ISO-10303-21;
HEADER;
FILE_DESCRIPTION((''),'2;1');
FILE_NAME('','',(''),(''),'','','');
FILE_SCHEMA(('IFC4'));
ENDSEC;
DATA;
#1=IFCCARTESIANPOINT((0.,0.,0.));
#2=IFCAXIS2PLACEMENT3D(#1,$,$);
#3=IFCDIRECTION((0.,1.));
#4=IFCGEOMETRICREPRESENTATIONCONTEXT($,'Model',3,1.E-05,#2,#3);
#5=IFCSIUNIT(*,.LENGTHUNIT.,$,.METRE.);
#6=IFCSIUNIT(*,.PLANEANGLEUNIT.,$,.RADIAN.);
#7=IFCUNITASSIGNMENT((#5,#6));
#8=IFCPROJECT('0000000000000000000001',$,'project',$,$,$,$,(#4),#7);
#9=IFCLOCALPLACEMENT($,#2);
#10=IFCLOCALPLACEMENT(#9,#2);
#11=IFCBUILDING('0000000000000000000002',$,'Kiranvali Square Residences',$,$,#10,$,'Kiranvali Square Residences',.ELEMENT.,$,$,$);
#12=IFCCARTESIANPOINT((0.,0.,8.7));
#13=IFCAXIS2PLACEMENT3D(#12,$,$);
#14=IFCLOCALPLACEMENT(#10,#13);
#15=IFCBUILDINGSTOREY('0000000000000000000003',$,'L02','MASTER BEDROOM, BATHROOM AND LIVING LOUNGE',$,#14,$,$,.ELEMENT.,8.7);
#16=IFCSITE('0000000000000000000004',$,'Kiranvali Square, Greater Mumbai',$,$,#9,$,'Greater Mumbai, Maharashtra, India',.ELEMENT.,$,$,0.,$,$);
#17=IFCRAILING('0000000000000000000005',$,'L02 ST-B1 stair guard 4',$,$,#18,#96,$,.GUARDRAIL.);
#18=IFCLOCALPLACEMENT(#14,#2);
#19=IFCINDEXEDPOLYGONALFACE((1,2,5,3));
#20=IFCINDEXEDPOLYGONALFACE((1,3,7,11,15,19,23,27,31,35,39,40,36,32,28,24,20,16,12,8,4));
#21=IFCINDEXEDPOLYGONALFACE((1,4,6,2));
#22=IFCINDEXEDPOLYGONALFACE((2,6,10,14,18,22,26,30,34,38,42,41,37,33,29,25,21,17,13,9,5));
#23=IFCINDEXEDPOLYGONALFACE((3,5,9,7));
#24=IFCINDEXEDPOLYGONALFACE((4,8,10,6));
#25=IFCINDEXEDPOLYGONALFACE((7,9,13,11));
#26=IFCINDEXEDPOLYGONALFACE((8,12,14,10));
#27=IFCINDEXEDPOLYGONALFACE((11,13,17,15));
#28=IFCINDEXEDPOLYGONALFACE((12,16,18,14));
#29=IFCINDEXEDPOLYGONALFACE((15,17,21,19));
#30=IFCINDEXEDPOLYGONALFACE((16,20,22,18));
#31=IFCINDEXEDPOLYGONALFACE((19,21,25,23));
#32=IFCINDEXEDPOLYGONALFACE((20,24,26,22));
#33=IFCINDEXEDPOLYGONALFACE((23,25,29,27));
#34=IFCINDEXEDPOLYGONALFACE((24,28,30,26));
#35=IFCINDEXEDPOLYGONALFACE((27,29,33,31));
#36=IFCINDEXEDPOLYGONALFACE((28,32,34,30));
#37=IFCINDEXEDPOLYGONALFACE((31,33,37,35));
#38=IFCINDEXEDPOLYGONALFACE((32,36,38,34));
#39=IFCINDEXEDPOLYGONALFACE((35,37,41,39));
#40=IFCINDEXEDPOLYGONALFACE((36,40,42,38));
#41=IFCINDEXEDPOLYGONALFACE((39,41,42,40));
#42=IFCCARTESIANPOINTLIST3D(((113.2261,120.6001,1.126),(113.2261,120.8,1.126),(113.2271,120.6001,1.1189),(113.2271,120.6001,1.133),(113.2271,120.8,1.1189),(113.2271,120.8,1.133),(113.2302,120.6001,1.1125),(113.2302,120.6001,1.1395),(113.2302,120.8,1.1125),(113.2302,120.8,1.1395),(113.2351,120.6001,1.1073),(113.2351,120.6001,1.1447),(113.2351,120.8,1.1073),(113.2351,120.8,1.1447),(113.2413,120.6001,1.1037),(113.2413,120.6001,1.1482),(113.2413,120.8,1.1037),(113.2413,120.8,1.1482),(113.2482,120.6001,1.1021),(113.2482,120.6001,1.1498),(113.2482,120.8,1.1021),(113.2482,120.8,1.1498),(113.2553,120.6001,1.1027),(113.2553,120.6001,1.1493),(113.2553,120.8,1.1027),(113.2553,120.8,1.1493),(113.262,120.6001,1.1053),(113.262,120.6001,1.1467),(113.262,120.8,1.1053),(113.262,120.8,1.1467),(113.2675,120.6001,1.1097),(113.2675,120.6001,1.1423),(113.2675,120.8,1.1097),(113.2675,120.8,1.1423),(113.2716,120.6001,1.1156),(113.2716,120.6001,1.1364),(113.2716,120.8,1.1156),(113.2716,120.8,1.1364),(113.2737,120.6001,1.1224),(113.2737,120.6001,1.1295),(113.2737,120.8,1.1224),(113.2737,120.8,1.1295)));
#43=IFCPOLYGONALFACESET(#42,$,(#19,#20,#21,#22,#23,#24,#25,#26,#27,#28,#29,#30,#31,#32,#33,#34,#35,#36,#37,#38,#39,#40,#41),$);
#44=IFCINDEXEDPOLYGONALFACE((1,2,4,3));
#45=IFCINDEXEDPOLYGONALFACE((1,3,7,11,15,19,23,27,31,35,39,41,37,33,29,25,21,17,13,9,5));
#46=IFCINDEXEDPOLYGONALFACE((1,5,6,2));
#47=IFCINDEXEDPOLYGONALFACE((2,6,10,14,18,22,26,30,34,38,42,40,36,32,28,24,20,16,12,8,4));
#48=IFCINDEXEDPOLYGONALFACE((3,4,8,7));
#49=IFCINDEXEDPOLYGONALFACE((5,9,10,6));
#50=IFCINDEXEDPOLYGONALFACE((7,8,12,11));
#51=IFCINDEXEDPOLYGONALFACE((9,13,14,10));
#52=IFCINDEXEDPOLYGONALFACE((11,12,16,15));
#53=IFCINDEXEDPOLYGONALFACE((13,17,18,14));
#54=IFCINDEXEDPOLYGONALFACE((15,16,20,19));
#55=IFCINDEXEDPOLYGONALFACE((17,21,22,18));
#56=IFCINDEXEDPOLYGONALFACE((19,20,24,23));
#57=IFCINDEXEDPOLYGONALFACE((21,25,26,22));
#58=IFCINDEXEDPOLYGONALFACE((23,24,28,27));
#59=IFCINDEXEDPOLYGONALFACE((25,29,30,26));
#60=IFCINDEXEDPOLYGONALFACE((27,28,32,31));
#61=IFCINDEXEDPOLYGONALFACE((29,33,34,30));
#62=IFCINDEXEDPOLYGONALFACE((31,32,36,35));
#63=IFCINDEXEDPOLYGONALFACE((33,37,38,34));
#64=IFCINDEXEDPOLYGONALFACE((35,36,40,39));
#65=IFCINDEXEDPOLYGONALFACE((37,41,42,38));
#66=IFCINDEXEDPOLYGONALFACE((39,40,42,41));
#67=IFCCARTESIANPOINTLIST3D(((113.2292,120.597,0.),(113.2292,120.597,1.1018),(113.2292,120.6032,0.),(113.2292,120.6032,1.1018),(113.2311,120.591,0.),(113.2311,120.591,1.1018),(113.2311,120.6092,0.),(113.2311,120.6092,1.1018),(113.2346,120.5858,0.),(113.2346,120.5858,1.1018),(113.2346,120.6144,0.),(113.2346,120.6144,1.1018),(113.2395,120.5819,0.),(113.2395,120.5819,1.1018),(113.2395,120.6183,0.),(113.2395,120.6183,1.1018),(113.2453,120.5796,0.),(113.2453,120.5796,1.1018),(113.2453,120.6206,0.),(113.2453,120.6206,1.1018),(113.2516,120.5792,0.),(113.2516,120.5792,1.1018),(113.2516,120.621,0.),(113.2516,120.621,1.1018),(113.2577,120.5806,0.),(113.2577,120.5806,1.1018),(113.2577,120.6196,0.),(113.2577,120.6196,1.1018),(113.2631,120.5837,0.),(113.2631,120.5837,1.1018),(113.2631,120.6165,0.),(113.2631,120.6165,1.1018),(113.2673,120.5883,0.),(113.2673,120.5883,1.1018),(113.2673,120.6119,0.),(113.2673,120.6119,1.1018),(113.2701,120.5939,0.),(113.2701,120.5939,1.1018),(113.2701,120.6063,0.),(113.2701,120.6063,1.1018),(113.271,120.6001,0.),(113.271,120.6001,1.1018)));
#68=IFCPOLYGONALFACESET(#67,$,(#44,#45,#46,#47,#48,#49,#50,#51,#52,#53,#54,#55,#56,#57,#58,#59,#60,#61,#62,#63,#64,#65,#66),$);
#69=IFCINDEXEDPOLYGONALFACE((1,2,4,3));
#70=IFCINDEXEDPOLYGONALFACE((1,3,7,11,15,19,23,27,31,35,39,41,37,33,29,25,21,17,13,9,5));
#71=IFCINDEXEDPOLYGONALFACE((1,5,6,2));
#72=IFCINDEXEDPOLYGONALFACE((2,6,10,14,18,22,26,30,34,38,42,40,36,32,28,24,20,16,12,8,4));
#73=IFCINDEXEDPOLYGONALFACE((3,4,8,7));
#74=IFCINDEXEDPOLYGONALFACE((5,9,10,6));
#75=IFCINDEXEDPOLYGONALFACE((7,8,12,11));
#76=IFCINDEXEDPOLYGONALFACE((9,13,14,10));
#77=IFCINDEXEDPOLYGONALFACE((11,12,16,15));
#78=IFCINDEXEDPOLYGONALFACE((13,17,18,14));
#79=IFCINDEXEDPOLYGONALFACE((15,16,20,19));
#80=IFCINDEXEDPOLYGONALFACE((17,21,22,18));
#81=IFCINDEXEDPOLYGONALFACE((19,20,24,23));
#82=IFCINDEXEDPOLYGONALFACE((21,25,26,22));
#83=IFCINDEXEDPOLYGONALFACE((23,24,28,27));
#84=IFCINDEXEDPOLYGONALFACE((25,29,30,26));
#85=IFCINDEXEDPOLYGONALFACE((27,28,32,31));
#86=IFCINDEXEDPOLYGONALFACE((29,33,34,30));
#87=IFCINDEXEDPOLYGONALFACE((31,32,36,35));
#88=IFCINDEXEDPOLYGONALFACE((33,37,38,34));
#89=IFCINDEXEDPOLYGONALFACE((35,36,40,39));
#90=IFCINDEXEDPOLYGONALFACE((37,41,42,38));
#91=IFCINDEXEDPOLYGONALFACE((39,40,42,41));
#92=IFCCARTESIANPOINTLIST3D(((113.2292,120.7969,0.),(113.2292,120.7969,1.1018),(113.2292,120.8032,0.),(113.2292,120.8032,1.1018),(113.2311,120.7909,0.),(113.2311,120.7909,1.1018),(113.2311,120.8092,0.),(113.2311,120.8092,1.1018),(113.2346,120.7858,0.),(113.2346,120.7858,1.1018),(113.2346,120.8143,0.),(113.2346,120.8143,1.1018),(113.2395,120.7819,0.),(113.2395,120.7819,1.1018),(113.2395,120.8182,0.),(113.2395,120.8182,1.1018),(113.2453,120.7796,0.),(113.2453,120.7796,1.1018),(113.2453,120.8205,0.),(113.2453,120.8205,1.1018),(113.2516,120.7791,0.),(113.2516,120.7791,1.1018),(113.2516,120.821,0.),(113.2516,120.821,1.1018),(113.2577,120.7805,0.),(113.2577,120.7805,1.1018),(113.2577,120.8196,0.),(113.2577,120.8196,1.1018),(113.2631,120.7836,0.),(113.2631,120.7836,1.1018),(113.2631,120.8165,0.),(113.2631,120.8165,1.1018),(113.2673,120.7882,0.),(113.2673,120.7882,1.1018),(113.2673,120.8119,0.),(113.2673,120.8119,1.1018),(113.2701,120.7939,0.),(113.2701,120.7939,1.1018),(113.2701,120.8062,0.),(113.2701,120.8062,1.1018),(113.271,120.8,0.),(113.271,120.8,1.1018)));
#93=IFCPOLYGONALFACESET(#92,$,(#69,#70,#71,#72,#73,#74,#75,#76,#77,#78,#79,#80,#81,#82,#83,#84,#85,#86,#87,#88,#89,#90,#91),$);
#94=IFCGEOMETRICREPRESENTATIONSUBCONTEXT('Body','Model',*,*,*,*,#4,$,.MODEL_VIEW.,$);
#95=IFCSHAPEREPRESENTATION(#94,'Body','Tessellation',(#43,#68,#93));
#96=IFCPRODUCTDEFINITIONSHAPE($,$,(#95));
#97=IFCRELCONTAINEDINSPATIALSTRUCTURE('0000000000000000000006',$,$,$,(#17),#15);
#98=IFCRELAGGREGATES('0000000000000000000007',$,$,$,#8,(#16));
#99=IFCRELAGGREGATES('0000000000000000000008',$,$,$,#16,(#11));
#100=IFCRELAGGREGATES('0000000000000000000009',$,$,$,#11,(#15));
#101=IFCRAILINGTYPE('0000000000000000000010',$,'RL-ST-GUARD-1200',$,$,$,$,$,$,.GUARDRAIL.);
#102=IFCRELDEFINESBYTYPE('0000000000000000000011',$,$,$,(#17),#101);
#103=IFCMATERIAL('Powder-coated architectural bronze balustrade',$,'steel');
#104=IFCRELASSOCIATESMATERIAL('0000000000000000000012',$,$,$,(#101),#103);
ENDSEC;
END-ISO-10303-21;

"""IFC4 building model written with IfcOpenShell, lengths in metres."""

from ifc_helpers import new_model, si_unit, direction, frame, origin, origin_2d, place, context, subcontext, project, spatial, circle, extrude, material, type_object, element, save


model = new_model("IFC4")

# Units and contexts
model_context = context("Model", 3, precision=1e-05, world=origin(), true_north=direction((0.0, 1.0)))
body_context = subcontext(model_context, "Body", "Model", "MODEL_VIEW")
ifc_project = project(units=[si_unit("LENGTHUNIT", "METRE"), si_unit("PLANEANGLEUNIT", "RADIAN")], contexts=[model_context])

# Site, building, storey
site_placement = place(None, origin())
site = spatial("IfcSite", under=ifc_project, at=site_placement, Name="Kiranvali Square, Greater Mumbai", LongName="Greater Mumbai, Maharashtra, India", CompositionType="ELEMENT", RefElevation=0.0)
building_placement = place(site_placement, origin())
building = spatial("IfcBuilding", under=site, at=building_placement, Name="Kiranvali Square Residences", LongName="Kiranvali Square Residences", CompositionType="ELEMENT")
storey_placement = place(building_placement, frame((0.0, 0.0, 8.7)))
storey = spatial("IfcBuildingStorey", under=building, at=storey_placement, Name="L02", Description="MASTER BEDROOM, BATHROOM AND LIVING LOUNGE", CompositionType="ELEMENT", Elevation=8.7)

# Railing
ifc_material_1 = material(Name="Powder-coated architectural bronze balustrade", Category="steel")
railing_type_1 = type_object("IfcRailingType", Name="RL-ST-GUARD-1200", PredefinedType="GUARDRAIL", material=ifc_material_1)
railing_1_placement = place(storey_placement, frame((113.25, 120.6001, 0.0)))
element("IfcRailing", 1, at=railing_1_placement, inside=storey, type_object=railing_type_1, Name="L02 ST-B1 stair guard 4", PredefinedType="GUARDRAIL", context=body_context, shape_type="SweptSolid", body=[
    extrude(circle(Radius=0.0239, at=origin_2d()), frame((0.0, 0.0, 1.126), z_axis=(0.0, 1.0, 0.0), x_axis=(-1.0, 0.0, 0.0)), (0.0, 0.0, 1.0), 0.2),
    extrude(circle(Radius=0.021, at=origin_2d()), origin(), (0.0, 0.0, 1.0), 1.1018),
    extrude(circle(Radius=0.021, at=origin_2d()), frame((0.0, 0.2, 0.0)), (0.0, 0.0, 1.0), 1.1018),
])

save(model, "model.ifc")
